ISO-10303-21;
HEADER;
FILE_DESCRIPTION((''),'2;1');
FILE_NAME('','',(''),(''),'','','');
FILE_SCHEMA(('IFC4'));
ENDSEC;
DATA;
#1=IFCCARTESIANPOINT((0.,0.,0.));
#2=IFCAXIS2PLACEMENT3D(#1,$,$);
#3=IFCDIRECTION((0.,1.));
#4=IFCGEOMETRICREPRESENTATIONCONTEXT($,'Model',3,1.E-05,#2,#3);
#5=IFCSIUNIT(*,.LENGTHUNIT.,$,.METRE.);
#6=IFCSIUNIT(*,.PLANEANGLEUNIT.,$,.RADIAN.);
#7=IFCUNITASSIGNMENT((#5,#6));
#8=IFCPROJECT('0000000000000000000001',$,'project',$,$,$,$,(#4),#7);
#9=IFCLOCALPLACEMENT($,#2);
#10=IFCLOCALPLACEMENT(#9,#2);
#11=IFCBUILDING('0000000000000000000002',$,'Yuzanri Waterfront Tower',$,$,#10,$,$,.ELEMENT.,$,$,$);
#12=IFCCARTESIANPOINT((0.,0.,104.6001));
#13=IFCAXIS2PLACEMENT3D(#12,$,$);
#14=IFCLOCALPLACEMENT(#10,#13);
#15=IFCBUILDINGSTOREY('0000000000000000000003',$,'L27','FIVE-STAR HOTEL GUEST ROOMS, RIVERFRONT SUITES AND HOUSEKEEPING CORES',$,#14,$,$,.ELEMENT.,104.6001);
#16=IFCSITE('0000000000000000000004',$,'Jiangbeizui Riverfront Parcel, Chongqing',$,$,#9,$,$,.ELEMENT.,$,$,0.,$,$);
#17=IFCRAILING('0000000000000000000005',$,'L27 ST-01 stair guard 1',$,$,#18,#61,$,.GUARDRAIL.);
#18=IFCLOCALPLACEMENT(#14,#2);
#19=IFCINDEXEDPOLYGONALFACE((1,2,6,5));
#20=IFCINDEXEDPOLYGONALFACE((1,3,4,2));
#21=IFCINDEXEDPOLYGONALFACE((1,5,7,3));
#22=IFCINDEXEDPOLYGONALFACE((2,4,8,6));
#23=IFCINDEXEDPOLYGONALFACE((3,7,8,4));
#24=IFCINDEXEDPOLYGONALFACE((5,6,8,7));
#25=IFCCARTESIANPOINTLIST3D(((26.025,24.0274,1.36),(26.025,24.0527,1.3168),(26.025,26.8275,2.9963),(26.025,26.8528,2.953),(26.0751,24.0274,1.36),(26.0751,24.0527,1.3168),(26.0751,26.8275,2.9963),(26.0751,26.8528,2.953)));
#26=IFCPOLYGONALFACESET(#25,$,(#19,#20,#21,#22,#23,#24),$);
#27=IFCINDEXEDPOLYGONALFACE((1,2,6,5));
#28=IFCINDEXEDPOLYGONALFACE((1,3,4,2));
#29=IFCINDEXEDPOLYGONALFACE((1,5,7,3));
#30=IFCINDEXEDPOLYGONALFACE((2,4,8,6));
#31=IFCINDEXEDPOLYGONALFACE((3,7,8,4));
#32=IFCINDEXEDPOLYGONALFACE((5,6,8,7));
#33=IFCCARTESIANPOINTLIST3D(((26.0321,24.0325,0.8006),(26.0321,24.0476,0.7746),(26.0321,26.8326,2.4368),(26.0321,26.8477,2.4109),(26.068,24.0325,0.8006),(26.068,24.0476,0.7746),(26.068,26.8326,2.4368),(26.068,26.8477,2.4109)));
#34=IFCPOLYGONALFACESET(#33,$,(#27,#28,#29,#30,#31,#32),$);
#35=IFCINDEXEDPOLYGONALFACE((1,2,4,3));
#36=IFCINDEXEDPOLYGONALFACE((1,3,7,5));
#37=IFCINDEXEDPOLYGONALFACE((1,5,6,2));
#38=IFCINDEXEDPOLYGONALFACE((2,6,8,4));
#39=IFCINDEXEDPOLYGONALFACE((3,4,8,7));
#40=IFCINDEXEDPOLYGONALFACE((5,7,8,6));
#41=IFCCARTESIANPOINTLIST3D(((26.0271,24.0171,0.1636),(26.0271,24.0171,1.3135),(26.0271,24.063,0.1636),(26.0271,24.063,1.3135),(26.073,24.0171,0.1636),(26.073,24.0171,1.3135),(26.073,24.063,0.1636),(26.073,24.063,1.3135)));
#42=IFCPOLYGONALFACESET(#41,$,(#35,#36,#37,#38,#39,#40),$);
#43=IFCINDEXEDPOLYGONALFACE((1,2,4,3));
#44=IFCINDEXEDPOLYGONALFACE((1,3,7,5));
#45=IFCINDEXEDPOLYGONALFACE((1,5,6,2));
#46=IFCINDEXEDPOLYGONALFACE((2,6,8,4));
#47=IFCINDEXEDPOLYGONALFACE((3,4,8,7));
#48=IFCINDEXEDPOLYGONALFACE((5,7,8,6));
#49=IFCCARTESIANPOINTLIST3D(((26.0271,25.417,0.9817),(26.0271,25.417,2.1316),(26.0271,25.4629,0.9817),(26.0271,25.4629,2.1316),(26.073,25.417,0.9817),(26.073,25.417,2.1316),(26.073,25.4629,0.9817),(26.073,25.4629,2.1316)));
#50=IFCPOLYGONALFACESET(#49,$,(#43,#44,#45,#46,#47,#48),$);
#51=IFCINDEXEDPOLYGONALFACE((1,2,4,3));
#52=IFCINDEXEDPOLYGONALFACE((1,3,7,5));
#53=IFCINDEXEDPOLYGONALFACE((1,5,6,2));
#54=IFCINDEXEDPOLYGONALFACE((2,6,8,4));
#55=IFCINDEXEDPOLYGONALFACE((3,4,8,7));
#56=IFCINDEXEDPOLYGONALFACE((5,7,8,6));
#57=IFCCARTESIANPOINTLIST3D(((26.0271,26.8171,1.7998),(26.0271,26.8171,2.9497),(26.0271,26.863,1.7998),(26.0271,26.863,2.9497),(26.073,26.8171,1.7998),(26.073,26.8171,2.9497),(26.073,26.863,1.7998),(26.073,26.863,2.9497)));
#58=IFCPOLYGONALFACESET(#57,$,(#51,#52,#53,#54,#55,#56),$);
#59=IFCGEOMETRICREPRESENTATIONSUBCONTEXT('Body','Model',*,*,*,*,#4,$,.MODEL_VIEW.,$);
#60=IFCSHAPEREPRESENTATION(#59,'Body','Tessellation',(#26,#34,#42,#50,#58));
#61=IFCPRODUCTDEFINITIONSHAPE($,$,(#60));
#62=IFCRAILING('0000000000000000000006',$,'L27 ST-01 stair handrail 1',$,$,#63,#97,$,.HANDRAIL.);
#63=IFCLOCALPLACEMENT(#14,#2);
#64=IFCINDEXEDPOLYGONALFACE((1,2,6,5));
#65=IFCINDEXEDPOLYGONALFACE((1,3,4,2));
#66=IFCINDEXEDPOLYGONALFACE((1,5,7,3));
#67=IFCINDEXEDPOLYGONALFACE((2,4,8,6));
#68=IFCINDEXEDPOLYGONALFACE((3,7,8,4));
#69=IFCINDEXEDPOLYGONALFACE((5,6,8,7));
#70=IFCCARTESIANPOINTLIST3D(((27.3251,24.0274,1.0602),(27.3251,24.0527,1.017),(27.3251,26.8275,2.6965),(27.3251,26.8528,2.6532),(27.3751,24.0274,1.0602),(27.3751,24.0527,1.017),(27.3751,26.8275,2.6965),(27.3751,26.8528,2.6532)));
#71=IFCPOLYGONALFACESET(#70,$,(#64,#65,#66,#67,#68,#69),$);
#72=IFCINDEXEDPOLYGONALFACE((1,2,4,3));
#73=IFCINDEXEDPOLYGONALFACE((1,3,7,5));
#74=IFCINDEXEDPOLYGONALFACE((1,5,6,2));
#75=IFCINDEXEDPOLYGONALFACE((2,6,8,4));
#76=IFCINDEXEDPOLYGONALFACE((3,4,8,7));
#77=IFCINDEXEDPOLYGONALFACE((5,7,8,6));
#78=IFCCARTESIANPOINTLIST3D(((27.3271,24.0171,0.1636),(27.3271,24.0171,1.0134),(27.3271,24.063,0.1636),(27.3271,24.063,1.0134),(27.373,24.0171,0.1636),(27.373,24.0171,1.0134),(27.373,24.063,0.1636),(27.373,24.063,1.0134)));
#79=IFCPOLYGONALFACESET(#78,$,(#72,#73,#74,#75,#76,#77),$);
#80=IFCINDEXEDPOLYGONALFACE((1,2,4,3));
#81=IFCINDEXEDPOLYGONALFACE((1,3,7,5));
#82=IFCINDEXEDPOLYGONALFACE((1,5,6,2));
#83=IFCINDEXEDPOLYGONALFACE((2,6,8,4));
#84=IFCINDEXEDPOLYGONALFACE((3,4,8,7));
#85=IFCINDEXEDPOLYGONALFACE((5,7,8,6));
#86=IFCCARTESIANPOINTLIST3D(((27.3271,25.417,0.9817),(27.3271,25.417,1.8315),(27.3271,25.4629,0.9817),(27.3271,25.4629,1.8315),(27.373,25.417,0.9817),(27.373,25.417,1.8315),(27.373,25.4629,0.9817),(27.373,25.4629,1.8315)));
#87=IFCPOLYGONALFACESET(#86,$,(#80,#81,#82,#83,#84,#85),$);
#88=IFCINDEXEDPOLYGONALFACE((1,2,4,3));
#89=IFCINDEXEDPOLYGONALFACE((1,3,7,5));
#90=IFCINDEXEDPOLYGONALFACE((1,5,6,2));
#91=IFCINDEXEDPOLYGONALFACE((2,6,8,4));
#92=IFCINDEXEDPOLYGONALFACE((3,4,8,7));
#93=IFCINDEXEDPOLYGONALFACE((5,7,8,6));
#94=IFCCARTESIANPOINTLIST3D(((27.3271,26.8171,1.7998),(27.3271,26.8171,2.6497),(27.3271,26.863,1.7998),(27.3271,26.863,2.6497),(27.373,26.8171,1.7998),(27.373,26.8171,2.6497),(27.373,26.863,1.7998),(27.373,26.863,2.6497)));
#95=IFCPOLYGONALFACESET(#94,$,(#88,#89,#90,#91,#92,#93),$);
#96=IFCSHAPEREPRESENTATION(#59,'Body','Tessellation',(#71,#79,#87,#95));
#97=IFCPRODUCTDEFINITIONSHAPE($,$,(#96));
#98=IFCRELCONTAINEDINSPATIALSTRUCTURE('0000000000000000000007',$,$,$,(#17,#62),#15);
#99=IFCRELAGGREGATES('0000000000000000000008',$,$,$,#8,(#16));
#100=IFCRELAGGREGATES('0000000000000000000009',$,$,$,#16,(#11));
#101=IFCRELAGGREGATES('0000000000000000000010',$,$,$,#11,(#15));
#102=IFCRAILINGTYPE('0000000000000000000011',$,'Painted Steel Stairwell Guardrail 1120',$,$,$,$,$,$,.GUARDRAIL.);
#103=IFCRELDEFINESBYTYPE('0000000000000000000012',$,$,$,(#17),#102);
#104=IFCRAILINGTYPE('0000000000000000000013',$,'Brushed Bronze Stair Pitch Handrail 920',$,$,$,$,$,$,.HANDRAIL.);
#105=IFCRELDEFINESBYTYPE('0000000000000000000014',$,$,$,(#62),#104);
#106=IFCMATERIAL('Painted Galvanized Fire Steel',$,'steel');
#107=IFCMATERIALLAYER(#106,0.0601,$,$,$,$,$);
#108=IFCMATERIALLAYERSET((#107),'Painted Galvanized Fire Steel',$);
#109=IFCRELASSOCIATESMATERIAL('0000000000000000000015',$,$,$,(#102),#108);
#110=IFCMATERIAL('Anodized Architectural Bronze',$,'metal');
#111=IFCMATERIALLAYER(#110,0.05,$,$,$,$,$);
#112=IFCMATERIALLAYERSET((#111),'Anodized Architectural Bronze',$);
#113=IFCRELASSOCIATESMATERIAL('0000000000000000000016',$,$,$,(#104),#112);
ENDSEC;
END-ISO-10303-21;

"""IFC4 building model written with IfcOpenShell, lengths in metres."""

from ifc_helpers import new_model, si_unit, direction, frame, origin, origin_2d, place, context, subcontext, project, spatial, rectangle, extrude, source, transform, mapped, material, layer, layer_set, type_object, element, save


model = new_model("IFC4")

# Units and contexts
model_context = context("Model", 3, precision=1e-05, world=origin(), true_north=direction((0.0, 1.0)))
body_context = subcontext(model_context, "Body", "Model", "MODEL_VIEW")
ifc_project = project(units=[si_unit("LENGTHUNIT", "METRE"), si_unit("PLANEANGLEUNIT", "RADIAN")], contexts=[model_context])

# Site, building, storey
site_placement = place(None, origin())
site = spatial("IfcSite", under=ifc_project, at=site_placement, Name="Jiangbeizui Riverfront Parcel, Chongqing", CompositionType="ELEMENT", RefElevation=0.0)
building_placement = place(site_placement, origin())
building = spatial("IfcBuilding", under=site, at=building_placement, Name="Yuzanri Waterfront Tower", CompositionType="ELEMENT")
storey_placement = place(building_placement, frame((0.0, 0.0, 104.6001)))
storey = spatial("IfcBuildingStorey", under=building, at=storey_placement, Name="L27", Description="FIVE-STAR HOTEL GUEST ROOMS, RIVERFRONT SUITES AND HOUSEKEEPING CORES", CompositionType="ELEMENT", Elevation=104.6001)

# Railings
ifc_material_1 = material(Name="Painted Galvanized Fire Steel", Category="steel")
ifc_layer_1 = layer(ifc_material_1, 0.0601)
ifc_layer_set_1 = layer_set([ifc_layer_1], Name="Painted Galvanized Fire Steel")
railing_type_1 = type_object("IfcRailingType", Name="Painted Steel Stairwell Guardrail 1120", PredefinedType="GUARDRAIL", material=ifc_layer_set_1)
shared_shape_1 = source(origin(), body_context, "Body", "SweptSolid", [
    extrude(rectangle(XDim=0.05, YDim=0.05, at=origin_2d()), frame((0.0, 0.0, 1.1748), z_axis=(0.0, 0.863394, 0.504531), x_axis=(-1.0, 0.0, 0.0)), (0.0, 0.0, 1.0), 3.2432),
    extrude(rectangle(XDim=0.0359, YDim=0.03, at=origin_2d()), frame((0.0, 0.0, 0.624), z_axis=(0.0, 0.863394, 0.504531), x_axis=(-1.0, 0.0, 0.0)), (0.0, 0.0, 1.0), 3.2432),
    extrude(rectangle(XDim=0.0459, YDim=0.0459, at=origin_2d()), origin(), (0.0, 0.0, 1.0), 1.1499),
    extrude(rectangle(XDim=0.0459, YDim=0.0459, at=origin_2d()), frame((0.0, 1.3999, 0.8181)), (0.0, 0.0, 1.0), 1.1499),
    extrude(rectangle(XDim=0.0459, YDim=0.0459, at=origin_2d()), frame((0.0, 2.8, 1.6362)), (0.0, 0.0, 1.0), 1.1499),
])
railing_1_placement = place(storey_placement, frame((26.05, 24.04, 0.1636)))
element("IfcRailing", 1, at=railing_1_placement, inside=storey, type_object=railing_type_1, Name="L27 ST-01 stair guard 1", PredefinedType="GUARDRAIL", context=body_context, shape_type="MappedRepresentation", body=[
    mapped(shared_shape_1, transform((0.0, 0.0, 0.0), scale=1.0)),
])
ifc_material_2 = material(Name="Anodized Architectural Bronze", Category="metal")
ifc_layer_2 = layer(ifc_material_2, 0.05)
ifc_layer_set_2 = layer_set([ifc_layer_2], Name="Anodized Architectural Bronze")
railing_type_2 = type_object("IfcRailingType", Name="Brushed Bronze Stair Pitch Handrail 920", PredefinedType="HANDRAIL", material=ifc_layer_set_2)
shared_shape_2 = source(origin(), body_context, "Body", "SweptSolid", [
    extrude(rectangle(XDim=0.05, YDim=0.05, at=origin_2d()), frame((0.0, 0.0, 0.875), z_axis=(0.0, 0.863394, 0.504531), x_axis=(-1.0, 0.0, 0.0)), (0.0, 0.0, 1.0), 3.2432),
    extrude(rectangle(XDim=0.0459, YDim=0.0459, at=origin_2d()), origin(), (0.0, 0.0, 1.0), 0.8499),
    extrude(rectangle(XDim=0.0459, YDim=0.0459, at=origin_2d()), frame((0.0, 1.3999, 0.8181)), (0.0, 0.0, 1.0), 0.8499),
    extrude(rectangle(XDim=0.0459, YDim=0.0459, at=origin_2d()), frame((0.0, 2.8, 1.6362)), (0.0, 0.0, 1.0), 0.8499),
])
railing_2_placement = place(storey_placement, frame((27.3501, 24.04, 0.1636)))
element("IfcRailing", 2, at=railing_2_placement, inside=storey, type_object=railing_type_2, Name="L27 ST-01 stair handrail 1", PredefinedType="HANDRAIL", context=body_context, shape_type="MappedRepresentation", body=[
    mapped(shared_shape_2, transform((0.0, 0.0, 0.0), scale=1.0)),
])

save(model, "model.ifc")
